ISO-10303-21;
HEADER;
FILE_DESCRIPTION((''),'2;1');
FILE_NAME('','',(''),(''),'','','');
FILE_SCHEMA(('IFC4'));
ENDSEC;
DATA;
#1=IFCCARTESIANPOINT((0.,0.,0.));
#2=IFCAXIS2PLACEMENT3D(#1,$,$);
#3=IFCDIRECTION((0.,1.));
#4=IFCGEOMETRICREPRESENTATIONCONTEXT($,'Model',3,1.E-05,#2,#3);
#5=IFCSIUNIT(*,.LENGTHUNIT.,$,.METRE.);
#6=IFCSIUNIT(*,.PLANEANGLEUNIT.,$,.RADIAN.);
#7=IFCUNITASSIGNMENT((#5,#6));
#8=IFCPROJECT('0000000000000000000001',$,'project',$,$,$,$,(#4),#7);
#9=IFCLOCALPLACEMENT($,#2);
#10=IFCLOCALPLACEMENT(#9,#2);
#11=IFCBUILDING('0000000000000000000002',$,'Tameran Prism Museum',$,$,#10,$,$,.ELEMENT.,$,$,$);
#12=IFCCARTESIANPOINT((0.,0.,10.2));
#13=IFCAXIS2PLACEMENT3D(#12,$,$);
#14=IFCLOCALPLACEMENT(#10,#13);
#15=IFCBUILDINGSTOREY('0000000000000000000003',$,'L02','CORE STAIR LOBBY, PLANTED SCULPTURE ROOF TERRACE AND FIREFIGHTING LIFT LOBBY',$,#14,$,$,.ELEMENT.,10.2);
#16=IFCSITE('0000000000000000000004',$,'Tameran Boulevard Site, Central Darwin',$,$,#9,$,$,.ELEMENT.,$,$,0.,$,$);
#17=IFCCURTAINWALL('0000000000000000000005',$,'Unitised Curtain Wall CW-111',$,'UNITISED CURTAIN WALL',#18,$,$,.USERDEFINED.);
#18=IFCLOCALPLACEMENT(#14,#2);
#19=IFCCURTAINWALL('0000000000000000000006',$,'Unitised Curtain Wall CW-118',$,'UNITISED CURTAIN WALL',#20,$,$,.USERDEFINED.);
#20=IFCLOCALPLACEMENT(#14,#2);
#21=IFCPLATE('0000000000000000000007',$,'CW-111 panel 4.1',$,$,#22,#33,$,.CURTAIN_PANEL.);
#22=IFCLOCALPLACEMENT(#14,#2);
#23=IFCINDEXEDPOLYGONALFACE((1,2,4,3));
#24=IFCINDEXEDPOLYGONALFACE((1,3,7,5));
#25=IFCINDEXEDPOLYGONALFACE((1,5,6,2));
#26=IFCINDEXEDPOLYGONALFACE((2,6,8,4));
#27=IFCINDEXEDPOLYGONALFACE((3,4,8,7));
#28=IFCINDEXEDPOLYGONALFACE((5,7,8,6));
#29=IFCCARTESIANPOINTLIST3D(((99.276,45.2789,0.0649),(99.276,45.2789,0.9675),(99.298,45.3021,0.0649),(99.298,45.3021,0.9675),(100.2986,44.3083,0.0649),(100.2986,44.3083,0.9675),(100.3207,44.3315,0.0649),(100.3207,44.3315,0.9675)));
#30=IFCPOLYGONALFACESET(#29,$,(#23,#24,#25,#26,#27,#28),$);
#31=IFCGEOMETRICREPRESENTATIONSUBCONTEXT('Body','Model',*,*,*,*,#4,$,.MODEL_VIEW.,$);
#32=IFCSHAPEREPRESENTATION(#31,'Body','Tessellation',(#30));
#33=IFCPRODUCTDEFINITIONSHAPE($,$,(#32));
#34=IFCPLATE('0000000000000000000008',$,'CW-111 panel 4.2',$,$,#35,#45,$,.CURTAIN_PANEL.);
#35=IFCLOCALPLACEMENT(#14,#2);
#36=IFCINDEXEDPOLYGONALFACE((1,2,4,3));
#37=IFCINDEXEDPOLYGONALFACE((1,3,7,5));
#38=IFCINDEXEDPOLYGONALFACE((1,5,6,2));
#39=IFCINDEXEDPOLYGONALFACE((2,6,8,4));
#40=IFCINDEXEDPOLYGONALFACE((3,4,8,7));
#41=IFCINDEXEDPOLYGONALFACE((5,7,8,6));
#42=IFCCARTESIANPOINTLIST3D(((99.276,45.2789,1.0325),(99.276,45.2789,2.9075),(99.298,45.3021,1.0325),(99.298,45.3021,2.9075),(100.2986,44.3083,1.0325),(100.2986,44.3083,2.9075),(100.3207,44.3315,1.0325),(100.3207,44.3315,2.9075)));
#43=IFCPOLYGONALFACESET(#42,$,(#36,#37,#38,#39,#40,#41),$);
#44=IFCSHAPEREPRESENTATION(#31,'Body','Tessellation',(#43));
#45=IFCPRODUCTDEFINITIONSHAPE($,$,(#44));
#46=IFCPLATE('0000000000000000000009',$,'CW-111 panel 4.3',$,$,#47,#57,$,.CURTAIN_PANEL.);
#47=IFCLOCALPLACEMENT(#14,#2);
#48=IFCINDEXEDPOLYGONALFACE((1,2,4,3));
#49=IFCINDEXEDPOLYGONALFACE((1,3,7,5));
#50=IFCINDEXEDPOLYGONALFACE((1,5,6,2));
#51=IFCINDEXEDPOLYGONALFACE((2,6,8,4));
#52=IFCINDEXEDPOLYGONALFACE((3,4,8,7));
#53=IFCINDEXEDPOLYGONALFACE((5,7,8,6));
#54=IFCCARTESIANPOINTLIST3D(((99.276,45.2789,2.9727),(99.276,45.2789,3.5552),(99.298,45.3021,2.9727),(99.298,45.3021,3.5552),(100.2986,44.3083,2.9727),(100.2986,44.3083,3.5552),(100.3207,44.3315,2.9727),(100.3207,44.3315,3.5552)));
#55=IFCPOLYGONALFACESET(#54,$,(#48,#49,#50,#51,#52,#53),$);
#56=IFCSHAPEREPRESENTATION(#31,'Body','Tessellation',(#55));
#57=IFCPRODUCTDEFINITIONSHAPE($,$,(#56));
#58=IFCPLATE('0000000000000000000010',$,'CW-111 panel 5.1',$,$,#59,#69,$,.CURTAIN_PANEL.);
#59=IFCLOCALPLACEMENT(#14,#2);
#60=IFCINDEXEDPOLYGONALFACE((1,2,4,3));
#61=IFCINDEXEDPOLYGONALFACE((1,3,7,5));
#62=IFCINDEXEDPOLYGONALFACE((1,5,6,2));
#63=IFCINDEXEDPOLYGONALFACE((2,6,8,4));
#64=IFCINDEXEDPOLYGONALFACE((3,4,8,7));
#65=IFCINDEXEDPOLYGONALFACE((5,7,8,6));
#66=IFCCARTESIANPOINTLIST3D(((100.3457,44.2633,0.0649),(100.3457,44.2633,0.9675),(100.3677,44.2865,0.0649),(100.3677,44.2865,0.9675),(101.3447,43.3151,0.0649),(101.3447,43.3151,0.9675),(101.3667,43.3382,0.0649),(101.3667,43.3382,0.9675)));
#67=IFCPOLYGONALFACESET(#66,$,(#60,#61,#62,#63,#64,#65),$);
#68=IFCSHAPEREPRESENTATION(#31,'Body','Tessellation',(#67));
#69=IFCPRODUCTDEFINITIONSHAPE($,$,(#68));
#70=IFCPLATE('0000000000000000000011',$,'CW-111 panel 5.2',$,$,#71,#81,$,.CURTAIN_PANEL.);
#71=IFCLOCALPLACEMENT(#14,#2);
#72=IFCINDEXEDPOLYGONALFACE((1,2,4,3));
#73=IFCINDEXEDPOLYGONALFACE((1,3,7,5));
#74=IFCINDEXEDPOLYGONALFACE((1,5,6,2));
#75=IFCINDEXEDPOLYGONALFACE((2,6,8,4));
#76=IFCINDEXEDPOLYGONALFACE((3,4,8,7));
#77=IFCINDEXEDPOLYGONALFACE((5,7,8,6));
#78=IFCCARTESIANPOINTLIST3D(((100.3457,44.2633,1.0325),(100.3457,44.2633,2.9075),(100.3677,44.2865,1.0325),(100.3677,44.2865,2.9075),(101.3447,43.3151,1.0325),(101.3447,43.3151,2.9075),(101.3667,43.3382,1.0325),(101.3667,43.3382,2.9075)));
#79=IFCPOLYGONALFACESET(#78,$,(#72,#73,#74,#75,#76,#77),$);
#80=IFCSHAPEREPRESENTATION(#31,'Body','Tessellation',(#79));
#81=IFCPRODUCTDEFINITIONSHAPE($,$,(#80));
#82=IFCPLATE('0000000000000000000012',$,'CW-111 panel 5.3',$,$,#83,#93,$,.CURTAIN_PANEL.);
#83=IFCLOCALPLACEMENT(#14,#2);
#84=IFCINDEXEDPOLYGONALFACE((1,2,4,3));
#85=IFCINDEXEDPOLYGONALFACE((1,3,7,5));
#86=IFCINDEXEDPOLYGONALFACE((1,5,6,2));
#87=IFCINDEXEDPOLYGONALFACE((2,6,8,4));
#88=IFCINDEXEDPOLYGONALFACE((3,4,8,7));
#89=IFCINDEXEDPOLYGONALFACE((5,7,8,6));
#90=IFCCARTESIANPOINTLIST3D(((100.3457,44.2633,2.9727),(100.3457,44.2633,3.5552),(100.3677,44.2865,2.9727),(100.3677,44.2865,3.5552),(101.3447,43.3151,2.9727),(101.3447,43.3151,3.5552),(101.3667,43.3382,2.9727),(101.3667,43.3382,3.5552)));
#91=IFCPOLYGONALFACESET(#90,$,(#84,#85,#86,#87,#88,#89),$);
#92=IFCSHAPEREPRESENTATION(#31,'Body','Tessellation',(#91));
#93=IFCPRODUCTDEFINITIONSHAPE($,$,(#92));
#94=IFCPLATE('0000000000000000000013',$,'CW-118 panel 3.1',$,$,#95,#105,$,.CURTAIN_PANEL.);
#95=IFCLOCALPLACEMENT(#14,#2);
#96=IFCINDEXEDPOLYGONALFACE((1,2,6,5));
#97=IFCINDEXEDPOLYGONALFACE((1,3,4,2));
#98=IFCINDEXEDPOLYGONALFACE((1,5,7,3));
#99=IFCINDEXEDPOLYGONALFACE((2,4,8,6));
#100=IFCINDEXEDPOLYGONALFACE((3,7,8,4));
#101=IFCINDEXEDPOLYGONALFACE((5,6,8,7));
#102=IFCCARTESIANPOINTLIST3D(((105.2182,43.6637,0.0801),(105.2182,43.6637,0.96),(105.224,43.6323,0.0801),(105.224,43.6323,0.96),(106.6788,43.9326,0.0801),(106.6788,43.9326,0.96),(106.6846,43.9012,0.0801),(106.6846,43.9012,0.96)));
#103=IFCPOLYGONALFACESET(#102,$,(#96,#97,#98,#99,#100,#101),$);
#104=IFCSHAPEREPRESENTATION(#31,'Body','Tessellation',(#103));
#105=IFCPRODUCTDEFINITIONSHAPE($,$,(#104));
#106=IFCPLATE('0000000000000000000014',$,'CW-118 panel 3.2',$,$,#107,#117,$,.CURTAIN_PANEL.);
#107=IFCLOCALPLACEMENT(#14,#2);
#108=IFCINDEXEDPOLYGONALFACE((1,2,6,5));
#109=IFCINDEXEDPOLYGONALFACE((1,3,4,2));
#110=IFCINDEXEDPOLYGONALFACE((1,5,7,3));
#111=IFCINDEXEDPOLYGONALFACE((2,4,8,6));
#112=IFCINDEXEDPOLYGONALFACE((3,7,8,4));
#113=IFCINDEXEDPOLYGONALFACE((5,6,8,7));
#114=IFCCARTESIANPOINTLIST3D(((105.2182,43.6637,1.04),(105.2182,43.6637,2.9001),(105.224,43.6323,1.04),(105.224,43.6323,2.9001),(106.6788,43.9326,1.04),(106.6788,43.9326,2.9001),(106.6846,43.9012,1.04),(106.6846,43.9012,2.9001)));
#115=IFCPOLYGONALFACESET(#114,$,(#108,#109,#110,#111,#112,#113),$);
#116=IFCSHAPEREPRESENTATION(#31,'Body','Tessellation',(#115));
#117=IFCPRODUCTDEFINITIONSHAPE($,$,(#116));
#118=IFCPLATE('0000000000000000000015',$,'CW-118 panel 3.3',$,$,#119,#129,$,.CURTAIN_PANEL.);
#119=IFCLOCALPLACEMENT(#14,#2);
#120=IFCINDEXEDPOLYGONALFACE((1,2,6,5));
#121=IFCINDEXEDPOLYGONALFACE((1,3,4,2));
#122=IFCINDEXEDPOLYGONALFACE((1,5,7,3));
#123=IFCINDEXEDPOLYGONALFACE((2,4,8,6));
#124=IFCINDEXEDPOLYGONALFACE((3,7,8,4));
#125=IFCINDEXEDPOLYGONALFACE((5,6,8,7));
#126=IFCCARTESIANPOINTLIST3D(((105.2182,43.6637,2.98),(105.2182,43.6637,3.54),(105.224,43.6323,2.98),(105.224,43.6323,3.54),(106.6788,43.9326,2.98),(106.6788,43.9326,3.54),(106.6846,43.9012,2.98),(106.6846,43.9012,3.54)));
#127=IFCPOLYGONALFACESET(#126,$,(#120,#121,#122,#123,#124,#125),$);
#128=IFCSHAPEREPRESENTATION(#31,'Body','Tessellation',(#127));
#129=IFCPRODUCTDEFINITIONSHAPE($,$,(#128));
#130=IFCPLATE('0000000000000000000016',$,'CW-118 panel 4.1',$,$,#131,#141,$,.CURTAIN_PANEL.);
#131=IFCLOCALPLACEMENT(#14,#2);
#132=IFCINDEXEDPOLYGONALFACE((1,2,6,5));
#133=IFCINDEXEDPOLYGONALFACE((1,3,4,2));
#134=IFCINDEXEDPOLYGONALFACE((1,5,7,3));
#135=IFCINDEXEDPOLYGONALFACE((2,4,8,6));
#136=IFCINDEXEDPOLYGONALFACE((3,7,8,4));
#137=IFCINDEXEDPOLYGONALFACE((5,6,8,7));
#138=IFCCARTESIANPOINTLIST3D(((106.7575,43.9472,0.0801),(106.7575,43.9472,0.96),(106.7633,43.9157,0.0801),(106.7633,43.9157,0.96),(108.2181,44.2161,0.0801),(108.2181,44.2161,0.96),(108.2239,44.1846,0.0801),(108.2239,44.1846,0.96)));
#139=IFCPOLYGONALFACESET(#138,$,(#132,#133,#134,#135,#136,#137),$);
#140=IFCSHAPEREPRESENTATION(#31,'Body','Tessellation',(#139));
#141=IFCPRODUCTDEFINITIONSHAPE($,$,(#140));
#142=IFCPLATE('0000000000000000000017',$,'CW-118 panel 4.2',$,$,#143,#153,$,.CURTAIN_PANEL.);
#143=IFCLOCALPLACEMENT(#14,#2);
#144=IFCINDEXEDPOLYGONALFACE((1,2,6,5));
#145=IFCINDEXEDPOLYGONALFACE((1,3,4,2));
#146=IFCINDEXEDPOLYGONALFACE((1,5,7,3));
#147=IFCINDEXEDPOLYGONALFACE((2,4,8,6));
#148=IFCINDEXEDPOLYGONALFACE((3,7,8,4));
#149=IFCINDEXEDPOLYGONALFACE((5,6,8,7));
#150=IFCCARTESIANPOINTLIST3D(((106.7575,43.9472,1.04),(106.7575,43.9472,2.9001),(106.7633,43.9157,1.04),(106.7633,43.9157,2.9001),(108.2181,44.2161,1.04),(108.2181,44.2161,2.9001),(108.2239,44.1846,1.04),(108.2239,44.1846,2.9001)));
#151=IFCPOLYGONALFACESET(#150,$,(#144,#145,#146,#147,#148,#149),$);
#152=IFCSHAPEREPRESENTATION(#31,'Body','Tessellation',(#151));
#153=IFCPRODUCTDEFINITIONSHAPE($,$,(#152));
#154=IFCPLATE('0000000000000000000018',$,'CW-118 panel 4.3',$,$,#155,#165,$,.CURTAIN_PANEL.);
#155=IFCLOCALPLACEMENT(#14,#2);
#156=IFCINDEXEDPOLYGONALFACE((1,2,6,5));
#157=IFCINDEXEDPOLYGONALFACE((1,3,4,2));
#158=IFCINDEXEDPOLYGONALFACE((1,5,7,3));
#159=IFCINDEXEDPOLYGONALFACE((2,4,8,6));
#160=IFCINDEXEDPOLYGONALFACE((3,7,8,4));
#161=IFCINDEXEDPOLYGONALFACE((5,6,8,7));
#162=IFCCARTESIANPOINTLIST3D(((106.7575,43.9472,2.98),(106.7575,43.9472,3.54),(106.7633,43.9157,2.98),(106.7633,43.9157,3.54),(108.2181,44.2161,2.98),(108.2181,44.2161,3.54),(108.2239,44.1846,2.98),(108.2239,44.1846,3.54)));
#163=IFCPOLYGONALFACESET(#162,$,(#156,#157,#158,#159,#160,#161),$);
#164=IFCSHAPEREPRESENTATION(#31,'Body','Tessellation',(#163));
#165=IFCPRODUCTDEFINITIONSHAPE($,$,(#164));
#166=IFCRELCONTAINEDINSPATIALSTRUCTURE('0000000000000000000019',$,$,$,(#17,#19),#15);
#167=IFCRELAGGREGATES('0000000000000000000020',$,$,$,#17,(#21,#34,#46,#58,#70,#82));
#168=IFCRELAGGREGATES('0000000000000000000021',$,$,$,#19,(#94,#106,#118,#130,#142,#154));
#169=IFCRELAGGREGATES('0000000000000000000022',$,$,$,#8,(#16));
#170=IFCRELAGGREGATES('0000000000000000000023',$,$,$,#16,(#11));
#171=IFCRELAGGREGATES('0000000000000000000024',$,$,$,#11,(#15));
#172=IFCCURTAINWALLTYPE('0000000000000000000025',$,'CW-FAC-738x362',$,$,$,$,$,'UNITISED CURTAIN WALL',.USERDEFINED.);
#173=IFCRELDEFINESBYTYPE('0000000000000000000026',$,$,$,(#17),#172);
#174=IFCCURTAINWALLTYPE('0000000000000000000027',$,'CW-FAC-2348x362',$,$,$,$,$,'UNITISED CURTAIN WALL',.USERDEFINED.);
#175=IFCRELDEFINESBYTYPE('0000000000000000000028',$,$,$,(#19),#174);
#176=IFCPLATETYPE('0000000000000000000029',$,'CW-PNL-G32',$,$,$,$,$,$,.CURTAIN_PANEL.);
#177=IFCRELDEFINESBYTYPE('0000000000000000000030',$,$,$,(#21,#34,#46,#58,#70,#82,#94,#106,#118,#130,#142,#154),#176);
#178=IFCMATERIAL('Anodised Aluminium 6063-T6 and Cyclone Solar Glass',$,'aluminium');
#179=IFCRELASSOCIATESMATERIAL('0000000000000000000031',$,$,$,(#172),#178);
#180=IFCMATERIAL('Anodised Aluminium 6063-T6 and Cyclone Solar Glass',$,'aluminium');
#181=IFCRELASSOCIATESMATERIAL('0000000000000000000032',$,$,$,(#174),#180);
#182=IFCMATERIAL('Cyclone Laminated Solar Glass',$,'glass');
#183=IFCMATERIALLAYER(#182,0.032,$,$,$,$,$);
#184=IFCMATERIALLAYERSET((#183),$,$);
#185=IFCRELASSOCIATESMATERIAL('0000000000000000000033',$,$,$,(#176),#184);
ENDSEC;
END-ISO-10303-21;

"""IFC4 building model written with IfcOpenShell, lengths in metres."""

from ifc_helpers import new_model, si_unit, direction, frame, origin, origin_2d, place, context, subcontext, project, spatial, rectangle, extrude, material, layer, layer_set, type_object, element, aggregate, save


model = new_model("IFC4")

# Units and contexts
model_context = context("Model", 3, precision=1e-05, world=origin(), true_north=direction((0.0, 1.0)))
body_context = subcontext(model_context, "Body", "Model", "MODEL_VIEW")
ifc_project = project(units=[si_unit("LENGTHUNIT", "METRE"), si_unit("PLANEANGLEUNIT", "RADIAN")], contexts=[model_context])

# Site, building, storey
site_placement = place(None, origin())
site = spatial("IfcSite", under=ifc_project, at=site_placement, Name="Tameran Boulevard Site, Central Darwin", CompositionType="ELEMENT", RefElevation=0.0)
building_placement = place(site_placement, origin())
building = spatial("IfcBuilding", under=site, at=building_placement, Name="Tameran Prism Museum", CompositionType="ELEMENT")
storey_placement = place(building_placement, frame((0.0, 0.0, 10.2)))
storey = spatial("IfcBuildingStorey", under=building, at=storey_placement, Name="L02", Description="CORE STAIR LOBBY, PLANTED SCULPTURE ROOF TERRACE AND FIREFIGHTING LIFT LOBBY", CompositionType="ELEMENT", Elevation=10.2)

# Curtain walls
ifc_material_1 = material(Name="Anodised Aluminium 6063-T6 and Cyclone Solar Glass", Category="aluminium")
curtain_wall_type_1 = type_object("IfcCurtainWallType", Name="CW-FAC-738x362", ElementType="UNITISED CURTAIN WALL", PredefinedType="USERDEFINED", material=ifc_material_1)
curtain_wall_1_placement = place(storey_placement, origin())
curtain_wall_1 = element("IfcCurtainWall", 1, at=curtain_wall_1_placement, inside=storey, type_object=curtain_wall_type_1, Name="Unitised Curtain Wall CW-111", ObjectType="UNITISED CURTAIN WALL", PredefinedType="USERDEFINED")
ifc_material_2 = material(Name="Anodised Aluminium 6063-T6 and Cyclone Solar Glass", Category="aluminium")
curtain_wall_type_2 = type_object("IfcCurtainWallType", Name="CW-FAC-2348x362", ElementType="UNITISED CURTAIN WALL", PredefinedType="USERDEFINED", material=ifc_material_2)
curtain_wall_2_placement = place(storey_placement, origin())
curtain_wall_2 = element("IfcCurtainWall", 2, at=curtain_wall_2_placement, inside=storey, type_object=curtain_wall_type_2, Name="Unitised Curtain Wall CW-118", ObjectType="UNITISED CURTAIN WALL", PredefinedType="USERDEFINED")

# Plates
ifc_material_3 = material(Name="Cyclone Laminated Solar Glass", Category="glass")
ifc_layer = layer(ifc_material_3, 0.032)
ifc_layer_set = layer_set([ifc_layer])
plate_type = type_object("IfcPlateType", Name="CW-PNL-G32", PredefinedType="CURTAIN_PANEL", material=ifc_layer_set)
plate_1_placement = place(storey_placement, frame((99.7983, 44.8052, 0.0649), z_axis=(0.0, 0.0, 1.0), x_axis=(0.725307, -0.688425, 0.0)))
plate_1 = element("IfcPlate", 3, at=plate_1_placement, type_object=plate_type, Name="CW-111 panel 4.1", PredefinedType="CURTAIN_PANEL", context=body_context, shape_type="SweptSolid", body=[
    extrude(rectangle(XDim=1.4099, YDim=0.032, at=origin_2d()), origin(), (0.0, 0.0, 1.0), 0.9026),
])
plate_2_placement = place(storey_placement, frame((99.7983, 44.8052, 1.0325), z_axis=(0.0, 0.0, 1.0), x_axis=(0.725307, -0.688425, 0.0)))
plate_2 = element("IfcPlate", 4, at=plate_2_placement, type_object=plate_type, Name="CW-111 panel 4.2", PredefinedType="CURTAIN_PANEL", context=body_context, shape_type="SweptSolid", body=[
    extrude(rectangle(XDim=1.4099, YDim=0.032, at=origin_2d()), origin(), (0.0, 0.0, 1.0), 1.875),
])
plate_3_placement = place(storey_placement, frame((99.7983, 44.8052, 2.9727), z_axis=(0.0, 0.0, 1.0), x_axis=(0.725307, -0.688425, 0.0)))
plate_3 = element("IfcPlate", 5, at=plate_3_placement, type_object=plate_type, Name="CW-111 panel 4.3", PredefinedType="CURTAIN_PANEL", context=body_context, shape_type="SweptSolid", body=[
    extrude(rectangle(XDim=1.4099, YDim=0.032, at=origin_2d()), origin(), (0.0, 0.0, 1.0), 0.5825),
])
plate_4_placement = place(storey_placement, frame((100.8562, 43.8008, 0.0649), z_axis=(0.0, 0.0, 1.0), x_axis=(0.725307, -0.688425, 0.0)))
plate_4 = element("IfcPlate", 6, at=plate_4_placement, type_object=plate_type, Name="CW-111 panel 5.1", PredefinedType="CURTAIN_PANEL", context=body_context, shape_type="SweptSolid", body=[
    extrude(rectangle(XDim=1.3774, YDim=0.032, at=origin_2d()), origin(), (0.0, 0.0, 1.0), 0.9026),
])
plate_5_placement = place(storey_placement, frame((100.8562, 43.8008, 1.0325), z_axis=(0.0, 0.0, 1.0), x_axis=(0.725307, -0.688425, 0.0)))
plate_5 = element("IfcPlate", 7, at=plate_5_placement, type_object=plate_type, Name="CW-111 panel 5.2", PredefinedType="CURTAIN_PANEL", context=body_context, shape_type="SweptSolid", body=[
    extrude(rectangle(XDim=1.3774, YDim=0.032, at=origin_2d()), origin(), (0.0, 0.0, 1.0), 1.875),
])
plate_6_placement = place(storey_placement, frame((100.8562, 43.8008, 2.9727), z_axis=(0.0, 0.0, 1.0), x_axis=(0.725307, -0.688425, 0.0)))
plate_6 = element("IfcPlate", 8, at=plate_6_placement, type_object=plate_type, Name="CW-111 panel 5.3", PredefinedType="CURTAIN_PANEL", context=body_context, shape_type="SweptSolid", body=[
    extrude(rectangle(XDim=1.3774, YDim=0.032, at=origin_2d()), origin(), (0.0, 0.0, 1.0), 0.5825),
])
aggregate(curtain_wall_1, [plate_1, plate_2, plate_3, plate_4, plate_5, plate_6])
plate_7_placement = place(storey_placement, frame((105.9514, 43.7825, 0.0801), z_axis=(0.0, 0.0, 1.0), x_axis=(0.983472, 0.181063, 0.0)))
plate_7 = element("IfcPlate", 9, at=plate_7_placement, type_object=plate_type, Name="CW-118 panel 3.1", PredefinedType="CURTAIN_PANEL", context=body_context, shape_type="SweptSolid", body=[
    extrude(rectangle(XDim=1.4851, YDim=0.032, at=origin_2d()), origin(), (0.0, 0.0, 1.0), 0.8799),
])
plate_8_placement = place(storey_placement, frame((105.9514, 43.7825, 1.04), z_axis=(0.0, 0.0, 1.0), x_axis=(0.983472, 0.181063, 0.0)))
plate_8 = element("IfcPlate", 10, at=plate_8_placement, type_object=plate_type, Name="CW-118 panel 3.2", PredefinedType="CURTAIN_PANEL", context=body_context, shape_type="SweptSolid", body=[
    extrude(rectangle(XDim=1.4851, YDim=0.032, at=origin_2d()), origin(), (0.0, 0.0, 1.0), 1.8601),
])
plate_9_placement = place(storey_placement, frame((105.9514, 43.7825, 2.98), z_axis=(0.0, 0.0, 1.0), x_axis=(0.983472, 0.181063, 0.0)))
plate_9 = element("IfcPlate", 11, at=plate_9_placement, type_object=plate_type, Name="CW-118 panel 3.3", PredefinedType="CURTAIN_PANEL", context=body_context, shape_type="SweptSolid", body=[
    extrude(rectangle(XDim=1.4851, YDim=0.032, at=origin_2d()), origin(), (0.0, 0.0, 1.0), 0.5601),
])
plate_10_placement = place(storey_placement, frame((107.4907, 44.0659, 0.0801), z_axis=(0.0, 0.0, 1.0), x_axis=(0.983472, 0.181063, 0.0)))
plate_10 = element("IfcPlate", 12, at=plate_10_placement, type_object=plate_type, Name="CW-118 panel 4.1", PredefinedType="CURTAIN_PANEL", context=body_context, shape_type="SweptSolid", body=[
    extrude(rectangle(XDim=1.4851, YDim=0.032, at=origin_2d()), origin(), (0.0, 0.0, 1.0), 0.8799),
])
plate_11_placement = place(storey_placement, frame((107.4907, 44.0659, 1.04), z_axis=(0.0, 0.0, 1.0), x_axis=(0.983472, 0.181063, 0.0)))
plate_11 = element("IfcPlate", 13, at=plate_11_placement, type_object=plate_type, Name="CW-118 panel 4.2", PredefinedType="CURTAIN_PANEL", context=body_context, shape_type="SweptSolid", body=[
    extrude(rectangle(XDim=1.4851, YDim=0.032, at=origin_2d()), origin(), (0.0, 0.0, 1.0), 1.8601),
])
plate_12_placement = place(storey_placement, frame((107.4907, 44.0659, 2.98), z_axis=(0.0, 0.0, 1.0), x_axis=(0.983472, 0.181063, 0.0)))
plate_12 = element("IfcPlate", 14, at=plate_12_placement, type_object=plate_type, Name="CW-118 panel 4.3", PredefinedType="CURTAIN_PANEL", context=body_context, shape_type="SweptSolid", body=[
    extrude(rectangle(XDim=1.4851, YDim=0.032, at=origin_2d()), origin(), (0.0, 0.0, 1.0), 0.5601),
])
aggregate(curtain_wall_2, [plate_7, plate_8, plate_9, plate_10, plate_11, plate_12])

save(model, "model.ifc")
